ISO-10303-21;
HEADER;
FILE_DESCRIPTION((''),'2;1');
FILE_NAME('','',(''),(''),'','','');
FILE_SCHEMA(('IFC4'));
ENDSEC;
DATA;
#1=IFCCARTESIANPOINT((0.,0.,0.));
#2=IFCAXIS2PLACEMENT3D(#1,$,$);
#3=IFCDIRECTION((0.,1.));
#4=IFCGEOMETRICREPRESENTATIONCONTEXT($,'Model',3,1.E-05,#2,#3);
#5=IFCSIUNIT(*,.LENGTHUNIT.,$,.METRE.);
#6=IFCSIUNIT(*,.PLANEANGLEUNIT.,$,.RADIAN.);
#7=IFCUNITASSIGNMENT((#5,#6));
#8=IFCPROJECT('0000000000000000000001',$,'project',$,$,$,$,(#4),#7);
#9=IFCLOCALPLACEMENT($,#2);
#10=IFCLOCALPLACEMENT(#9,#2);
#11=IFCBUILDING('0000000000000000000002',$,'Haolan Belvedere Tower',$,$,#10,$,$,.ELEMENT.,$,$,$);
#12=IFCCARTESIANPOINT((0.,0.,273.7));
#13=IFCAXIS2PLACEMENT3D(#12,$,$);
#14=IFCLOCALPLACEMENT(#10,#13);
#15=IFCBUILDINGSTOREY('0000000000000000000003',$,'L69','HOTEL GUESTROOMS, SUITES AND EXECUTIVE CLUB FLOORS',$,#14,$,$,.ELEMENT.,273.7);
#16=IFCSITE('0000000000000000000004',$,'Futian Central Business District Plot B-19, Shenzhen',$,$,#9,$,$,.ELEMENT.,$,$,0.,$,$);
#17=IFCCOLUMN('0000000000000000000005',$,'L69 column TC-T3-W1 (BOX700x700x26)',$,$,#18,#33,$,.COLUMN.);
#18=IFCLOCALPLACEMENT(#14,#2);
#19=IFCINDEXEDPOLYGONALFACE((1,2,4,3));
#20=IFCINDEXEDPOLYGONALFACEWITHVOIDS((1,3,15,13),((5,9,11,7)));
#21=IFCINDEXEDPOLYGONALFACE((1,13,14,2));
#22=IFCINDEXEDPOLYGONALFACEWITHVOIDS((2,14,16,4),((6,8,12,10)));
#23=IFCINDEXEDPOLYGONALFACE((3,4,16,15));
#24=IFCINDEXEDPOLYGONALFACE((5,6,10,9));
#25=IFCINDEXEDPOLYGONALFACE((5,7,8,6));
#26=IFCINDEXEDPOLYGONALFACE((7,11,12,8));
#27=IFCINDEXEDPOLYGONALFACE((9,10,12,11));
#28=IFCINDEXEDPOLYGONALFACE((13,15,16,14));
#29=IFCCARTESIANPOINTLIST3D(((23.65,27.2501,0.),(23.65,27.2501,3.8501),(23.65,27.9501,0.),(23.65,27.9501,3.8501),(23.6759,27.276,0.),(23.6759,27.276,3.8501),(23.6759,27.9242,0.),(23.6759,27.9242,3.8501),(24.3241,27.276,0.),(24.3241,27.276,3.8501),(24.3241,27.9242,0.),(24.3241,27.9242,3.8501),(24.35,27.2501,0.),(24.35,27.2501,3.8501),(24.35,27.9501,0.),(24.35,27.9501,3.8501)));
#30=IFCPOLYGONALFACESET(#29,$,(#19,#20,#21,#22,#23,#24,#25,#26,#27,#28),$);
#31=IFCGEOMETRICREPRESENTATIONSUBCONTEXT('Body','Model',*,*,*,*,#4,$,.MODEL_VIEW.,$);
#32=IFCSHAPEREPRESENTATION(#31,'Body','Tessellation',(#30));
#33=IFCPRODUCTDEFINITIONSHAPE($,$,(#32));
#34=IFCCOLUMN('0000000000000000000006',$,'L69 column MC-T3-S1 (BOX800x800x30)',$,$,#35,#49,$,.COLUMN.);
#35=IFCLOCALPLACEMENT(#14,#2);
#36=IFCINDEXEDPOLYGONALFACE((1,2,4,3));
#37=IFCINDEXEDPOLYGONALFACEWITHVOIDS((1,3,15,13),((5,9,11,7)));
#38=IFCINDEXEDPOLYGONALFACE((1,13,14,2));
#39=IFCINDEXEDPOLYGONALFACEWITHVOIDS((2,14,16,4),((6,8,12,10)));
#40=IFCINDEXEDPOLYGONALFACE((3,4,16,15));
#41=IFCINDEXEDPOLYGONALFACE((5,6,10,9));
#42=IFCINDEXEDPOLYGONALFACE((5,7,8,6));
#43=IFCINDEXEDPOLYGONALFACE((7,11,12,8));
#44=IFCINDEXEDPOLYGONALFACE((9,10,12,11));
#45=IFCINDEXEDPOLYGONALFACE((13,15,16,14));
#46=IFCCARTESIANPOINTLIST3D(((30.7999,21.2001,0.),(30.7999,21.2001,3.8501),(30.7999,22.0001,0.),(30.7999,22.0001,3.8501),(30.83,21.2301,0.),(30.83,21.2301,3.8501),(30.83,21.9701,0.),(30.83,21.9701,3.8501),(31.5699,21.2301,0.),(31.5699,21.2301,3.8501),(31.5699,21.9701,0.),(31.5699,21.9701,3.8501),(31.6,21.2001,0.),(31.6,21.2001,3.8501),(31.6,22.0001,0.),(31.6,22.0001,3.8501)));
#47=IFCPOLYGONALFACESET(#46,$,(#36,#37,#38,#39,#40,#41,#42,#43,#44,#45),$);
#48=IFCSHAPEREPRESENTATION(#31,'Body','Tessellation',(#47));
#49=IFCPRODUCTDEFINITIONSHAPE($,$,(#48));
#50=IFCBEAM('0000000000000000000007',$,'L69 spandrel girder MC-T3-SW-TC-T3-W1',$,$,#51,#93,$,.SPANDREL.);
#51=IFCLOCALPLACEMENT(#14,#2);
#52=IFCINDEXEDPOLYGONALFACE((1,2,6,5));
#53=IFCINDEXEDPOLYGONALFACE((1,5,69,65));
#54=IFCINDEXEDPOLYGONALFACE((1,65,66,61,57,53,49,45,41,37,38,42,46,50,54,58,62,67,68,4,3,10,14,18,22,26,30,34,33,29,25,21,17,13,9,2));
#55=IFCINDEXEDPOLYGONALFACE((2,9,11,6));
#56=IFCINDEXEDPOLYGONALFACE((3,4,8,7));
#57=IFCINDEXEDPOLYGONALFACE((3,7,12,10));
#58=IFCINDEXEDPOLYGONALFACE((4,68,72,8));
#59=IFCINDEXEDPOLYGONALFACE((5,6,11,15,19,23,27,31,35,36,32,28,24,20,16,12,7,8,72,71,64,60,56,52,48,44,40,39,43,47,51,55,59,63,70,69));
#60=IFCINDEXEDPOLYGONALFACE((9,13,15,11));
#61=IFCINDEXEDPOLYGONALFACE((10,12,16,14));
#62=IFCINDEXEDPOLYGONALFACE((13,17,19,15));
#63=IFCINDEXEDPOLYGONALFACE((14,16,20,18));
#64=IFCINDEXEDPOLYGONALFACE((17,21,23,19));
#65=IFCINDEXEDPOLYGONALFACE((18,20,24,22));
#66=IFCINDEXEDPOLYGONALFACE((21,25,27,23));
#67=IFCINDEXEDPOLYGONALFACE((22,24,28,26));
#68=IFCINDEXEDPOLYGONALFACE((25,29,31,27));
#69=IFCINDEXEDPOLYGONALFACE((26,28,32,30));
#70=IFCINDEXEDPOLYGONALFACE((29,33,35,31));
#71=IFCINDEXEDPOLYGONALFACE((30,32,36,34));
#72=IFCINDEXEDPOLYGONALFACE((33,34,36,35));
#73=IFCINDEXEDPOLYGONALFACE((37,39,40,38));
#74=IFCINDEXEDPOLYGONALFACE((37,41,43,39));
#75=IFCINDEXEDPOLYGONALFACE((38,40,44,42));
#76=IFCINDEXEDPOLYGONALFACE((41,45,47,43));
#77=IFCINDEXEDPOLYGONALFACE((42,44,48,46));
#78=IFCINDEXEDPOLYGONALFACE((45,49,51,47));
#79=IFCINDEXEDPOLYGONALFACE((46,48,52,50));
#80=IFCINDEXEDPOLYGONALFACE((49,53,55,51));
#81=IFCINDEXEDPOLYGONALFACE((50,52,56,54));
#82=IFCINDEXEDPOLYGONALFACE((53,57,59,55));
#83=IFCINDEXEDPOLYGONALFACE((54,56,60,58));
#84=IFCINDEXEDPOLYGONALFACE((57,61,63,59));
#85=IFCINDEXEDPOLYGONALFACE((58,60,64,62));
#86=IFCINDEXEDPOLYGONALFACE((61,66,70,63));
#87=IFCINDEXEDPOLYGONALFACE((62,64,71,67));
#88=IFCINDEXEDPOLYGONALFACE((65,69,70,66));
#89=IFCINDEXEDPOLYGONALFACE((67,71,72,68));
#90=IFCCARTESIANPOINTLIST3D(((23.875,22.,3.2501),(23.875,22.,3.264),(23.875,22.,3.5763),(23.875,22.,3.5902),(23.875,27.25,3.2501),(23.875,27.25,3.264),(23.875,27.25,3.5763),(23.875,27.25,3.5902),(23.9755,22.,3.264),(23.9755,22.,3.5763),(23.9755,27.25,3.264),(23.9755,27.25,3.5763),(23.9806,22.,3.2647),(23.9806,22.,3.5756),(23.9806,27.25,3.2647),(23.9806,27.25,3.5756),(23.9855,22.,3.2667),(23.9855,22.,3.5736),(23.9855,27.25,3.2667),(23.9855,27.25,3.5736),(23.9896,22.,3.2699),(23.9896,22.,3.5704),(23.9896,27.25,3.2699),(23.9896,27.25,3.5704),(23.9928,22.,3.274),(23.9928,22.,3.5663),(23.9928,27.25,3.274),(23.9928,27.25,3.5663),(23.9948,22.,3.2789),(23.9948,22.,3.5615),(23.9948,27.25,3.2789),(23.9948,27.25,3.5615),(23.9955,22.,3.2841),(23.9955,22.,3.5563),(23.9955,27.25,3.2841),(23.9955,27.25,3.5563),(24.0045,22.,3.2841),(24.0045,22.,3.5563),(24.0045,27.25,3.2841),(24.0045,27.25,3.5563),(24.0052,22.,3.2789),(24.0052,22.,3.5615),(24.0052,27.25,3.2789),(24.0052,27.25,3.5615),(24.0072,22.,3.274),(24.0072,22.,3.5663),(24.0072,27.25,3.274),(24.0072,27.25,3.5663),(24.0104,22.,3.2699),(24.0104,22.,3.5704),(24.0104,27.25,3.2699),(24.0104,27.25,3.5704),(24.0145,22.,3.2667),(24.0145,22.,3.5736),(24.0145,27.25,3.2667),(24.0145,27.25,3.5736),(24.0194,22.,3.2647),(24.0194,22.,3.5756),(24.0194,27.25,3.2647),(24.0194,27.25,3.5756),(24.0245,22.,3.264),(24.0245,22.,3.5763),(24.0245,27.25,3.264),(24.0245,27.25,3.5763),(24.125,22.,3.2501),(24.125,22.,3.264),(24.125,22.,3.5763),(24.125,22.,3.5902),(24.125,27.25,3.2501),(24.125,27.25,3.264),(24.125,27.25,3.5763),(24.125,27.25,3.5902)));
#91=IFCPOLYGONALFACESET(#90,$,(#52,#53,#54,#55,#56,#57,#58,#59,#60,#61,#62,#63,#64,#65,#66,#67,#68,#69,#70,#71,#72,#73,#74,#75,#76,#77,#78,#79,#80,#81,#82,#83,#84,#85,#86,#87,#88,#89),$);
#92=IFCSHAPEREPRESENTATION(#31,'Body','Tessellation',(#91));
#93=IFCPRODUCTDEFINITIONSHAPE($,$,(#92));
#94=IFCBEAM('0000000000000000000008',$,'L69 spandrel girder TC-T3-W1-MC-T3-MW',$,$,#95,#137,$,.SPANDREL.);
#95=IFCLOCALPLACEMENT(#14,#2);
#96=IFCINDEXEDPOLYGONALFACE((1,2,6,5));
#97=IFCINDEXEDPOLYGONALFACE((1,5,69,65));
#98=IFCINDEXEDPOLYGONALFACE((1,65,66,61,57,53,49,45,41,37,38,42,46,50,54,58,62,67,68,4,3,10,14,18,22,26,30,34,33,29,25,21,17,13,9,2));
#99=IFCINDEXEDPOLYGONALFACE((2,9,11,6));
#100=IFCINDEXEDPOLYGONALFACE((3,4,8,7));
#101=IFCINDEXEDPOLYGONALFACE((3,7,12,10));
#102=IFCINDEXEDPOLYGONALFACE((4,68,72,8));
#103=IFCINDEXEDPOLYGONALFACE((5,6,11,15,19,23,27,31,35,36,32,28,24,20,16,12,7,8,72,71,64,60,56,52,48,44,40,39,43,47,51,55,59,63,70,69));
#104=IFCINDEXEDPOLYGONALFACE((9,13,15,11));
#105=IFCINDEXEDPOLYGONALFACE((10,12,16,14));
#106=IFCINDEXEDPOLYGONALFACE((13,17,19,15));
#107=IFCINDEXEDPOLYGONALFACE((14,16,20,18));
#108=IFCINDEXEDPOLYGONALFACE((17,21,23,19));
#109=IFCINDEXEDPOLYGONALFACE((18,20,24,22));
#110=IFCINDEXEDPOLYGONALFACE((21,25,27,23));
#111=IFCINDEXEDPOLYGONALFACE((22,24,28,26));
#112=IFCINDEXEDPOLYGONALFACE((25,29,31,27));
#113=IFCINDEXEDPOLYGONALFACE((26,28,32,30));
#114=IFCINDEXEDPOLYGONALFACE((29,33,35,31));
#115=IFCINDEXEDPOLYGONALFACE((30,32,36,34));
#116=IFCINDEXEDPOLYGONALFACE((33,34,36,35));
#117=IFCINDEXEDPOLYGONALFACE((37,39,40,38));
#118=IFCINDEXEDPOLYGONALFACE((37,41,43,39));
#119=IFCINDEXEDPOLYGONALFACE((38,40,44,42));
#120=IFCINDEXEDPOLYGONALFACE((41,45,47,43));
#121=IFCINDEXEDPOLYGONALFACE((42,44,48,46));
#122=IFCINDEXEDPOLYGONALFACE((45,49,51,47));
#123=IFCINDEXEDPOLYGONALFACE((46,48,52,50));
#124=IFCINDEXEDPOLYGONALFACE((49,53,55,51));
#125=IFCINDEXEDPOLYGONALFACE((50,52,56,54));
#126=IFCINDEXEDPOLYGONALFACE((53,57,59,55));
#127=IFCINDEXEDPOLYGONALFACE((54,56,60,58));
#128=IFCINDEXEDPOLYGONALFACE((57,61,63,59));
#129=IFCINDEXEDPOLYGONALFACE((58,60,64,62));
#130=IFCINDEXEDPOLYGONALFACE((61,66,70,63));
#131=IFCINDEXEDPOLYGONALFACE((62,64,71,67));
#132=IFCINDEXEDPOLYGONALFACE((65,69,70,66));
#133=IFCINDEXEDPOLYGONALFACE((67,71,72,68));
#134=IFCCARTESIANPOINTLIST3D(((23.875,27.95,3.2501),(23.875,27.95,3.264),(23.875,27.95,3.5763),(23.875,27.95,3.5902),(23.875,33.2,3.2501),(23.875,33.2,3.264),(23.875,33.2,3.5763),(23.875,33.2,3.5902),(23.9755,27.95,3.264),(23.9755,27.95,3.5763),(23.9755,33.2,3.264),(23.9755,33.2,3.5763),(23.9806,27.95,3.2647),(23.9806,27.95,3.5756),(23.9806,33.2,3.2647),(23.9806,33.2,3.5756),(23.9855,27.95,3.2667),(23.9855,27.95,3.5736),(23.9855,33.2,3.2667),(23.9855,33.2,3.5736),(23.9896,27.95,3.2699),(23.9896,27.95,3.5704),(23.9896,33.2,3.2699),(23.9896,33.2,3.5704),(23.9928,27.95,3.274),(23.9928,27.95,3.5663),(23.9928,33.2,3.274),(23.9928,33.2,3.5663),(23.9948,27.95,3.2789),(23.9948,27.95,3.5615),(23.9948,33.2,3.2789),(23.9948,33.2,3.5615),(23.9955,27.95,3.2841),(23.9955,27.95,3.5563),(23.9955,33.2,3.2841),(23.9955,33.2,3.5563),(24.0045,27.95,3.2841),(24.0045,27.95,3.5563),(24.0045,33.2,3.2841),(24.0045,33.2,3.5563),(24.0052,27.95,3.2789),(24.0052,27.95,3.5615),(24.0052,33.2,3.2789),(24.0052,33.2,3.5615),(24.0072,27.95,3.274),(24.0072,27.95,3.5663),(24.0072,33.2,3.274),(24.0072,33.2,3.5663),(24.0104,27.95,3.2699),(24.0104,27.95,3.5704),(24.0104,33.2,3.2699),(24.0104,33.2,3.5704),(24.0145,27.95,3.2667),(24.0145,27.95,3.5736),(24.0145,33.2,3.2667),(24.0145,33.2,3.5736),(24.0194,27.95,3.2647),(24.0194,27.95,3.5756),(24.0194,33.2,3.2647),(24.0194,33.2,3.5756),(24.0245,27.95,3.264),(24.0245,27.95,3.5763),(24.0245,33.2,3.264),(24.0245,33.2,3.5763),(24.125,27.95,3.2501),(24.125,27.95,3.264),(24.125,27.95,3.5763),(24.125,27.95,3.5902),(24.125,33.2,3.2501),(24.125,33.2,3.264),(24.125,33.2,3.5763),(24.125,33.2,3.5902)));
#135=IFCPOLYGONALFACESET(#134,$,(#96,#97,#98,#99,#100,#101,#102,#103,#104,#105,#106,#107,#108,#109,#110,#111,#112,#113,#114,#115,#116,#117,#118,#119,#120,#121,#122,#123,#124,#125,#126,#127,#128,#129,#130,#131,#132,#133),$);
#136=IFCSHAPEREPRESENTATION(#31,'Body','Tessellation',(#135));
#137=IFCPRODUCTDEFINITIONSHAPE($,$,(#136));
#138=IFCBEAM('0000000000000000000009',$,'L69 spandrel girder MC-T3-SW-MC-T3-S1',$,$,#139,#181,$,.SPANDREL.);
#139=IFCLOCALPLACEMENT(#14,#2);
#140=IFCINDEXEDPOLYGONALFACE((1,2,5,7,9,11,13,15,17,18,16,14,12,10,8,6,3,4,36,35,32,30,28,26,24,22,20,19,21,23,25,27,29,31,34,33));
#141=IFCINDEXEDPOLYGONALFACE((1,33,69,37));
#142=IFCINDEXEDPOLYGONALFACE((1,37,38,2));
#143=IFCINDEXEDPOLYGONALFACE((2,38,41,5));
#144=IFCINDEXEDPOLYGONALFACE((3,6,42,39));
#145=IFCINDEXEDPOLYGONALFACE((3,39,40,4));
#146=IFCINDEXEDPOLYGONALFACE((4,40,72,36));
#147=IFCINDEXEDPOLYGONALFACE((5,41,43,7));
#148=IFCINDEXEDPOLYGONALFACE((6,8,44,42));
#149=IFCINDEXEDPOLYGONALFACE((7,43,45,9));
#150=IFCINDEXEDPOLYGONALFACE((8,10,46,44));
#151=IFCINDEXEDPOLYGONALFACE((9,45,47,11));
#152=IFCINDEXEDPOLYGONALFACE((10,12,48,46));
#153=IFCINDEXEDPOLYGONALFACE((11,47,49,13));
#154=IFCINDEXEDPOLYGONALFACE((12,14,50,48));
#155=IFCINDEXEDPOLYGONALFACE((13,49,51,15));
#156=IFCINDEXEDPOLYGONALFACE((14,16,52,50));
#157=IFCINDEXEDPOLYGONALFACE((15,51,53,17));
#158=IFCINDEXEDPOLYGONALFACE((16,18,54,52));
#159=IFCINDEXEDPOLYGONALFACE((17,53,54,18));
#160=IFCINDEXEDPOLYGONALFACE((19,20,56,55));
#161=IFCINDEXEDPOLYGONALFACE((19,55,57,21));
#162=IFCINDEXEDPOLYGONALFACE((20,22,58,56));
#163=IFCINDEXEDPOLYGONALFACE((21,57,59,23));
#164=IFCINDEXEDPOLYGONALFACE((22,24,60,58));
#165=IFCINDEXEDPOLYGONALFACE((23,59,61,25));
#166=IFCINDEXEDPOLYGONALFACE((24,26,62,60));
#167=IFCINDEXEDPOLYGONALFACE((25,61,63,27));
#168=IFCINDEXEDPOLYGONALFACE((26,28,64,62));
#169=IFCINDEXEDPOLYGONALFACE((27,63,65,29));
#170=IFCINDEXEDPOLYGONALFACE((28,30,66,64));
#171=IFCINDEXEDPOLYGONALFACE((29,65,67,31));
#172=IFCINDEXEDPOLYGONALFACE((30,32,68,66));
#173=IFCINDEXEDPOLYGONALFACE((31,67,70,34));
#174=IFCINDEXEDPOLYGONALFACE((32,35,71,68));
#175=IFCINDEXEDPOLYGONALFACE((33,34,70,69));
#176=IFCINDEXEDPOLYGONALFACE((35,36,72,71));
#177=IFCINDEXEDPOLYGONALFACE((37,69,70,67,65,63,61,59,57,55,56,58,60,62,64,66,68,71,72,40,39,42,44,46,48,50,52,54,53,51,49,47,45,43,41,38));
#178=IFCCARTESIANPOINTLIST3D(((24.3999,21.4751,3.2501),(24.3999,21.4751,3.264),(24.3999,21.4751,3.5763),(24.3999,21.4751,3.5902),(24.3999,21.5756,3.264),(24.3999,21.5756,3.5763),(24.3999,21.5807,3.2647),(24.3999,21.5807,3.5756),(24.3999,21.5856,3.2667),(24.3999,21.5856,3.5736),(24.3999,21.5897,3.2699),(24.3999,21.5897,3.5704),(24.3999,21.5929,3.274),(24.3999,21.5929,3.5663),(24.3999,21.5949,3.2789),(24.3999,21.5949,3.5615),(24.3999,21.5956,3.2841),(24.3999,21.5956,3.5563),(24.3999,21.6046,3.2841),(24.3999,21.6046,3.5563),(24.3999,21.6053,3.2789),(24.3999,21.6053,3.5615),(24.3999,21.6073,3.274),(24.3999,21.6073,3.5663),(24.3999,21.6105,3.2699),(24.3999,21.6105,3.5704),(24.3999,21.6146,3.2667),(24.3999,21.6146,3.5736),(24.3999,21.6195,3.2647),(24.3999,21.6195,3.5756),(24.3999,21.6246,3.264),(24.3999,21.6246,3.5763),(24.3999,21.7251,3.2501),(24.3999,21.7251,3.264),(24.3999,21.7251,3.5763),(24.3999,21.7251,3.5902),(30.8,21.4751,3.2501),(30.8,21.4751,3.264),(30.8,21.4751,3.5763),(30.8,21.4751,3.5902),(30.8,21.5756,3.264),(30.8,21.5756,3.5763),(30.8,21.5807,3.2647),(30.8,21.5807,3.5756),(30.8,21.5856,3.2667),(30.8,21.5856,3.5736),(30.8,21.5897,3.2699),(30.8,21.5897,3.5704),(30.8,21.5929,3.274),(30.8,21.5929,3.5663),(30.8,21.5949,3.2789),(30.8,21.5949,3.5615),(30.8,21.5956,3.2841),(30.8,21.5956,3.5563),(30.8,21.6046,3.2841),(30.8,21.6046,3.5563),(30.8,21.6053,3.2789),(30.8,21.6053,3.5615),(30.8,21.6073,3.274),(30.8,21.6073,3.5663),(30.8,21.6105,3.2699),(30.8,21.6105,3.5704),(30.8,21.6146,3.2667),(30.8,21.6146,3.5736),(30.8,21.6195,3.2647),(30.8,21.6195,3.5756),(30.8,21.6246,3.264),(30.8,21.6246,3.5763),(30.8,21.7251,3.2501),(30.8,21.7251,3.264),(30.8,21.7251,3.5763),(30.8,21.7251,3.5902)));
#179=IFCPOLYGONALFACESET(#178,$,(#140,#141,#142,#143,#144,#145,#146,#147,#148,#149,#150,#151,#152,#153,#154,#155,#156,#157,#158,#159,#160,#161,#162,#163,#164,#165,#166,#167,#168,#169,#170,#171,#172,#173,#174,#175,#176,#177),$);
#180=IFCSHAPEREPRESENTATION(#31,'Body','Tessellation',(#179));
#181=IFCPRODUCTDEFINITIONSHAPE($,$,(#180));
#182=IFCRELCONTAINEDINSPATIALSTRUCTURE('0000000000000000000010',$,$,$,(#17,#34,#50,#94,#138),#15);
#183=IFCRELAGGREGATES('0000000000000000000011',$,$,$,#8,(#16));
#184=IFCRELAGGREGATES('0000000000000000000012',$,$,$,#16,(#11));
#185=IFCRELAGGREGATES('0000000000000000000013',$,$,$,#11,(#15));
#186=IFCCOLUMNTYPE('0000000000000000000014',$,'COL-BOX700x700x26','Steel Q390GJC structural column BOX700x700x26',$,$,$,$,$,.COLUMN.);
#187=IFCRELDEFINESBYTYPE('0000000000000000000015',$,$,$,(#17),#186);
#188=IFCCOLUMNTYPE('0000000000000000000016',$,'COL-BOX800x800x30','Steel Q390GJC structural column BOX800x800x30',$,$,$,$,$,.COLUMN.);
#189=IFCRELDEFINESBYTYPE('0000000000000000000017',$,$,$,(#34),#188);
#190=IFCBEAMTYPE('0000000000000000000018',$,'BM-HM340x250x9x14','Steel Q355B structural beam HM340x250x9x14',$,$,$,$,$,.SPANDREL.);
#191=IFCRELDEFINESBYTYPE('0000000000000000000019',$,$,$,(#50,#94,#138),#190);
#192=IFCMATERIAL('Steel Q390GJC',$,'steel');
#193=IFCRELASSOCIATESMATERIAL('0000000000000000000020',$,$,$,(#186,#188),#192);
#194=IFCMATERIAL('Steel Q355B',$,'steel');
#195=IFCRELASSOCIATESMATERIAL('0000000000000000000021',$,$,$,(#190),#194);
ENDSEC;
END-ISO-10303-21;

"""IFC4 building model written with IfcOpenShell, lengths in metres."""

from ifc_helpers import new_model, si_unit, direction, frame, origin, origin_2d, place, context, subcontext, project, spatial, hollow_rectangle, i_section, extrude, material, material_profile, profile_set, type_object, element, save


model = new_model("IFC4")

# Units and contexts
model_context = context("Model", 3, precision=1e-05, world=origin(), true_north=direction((0.0, 1.0)))
body_context = subcontext(model_context, "Body", "Model", "MODEL_VIEW")
ifc_project = project(units=[si_unit("LENGTHUNIT", "METRE"), si_unit("PLANEANGLEUNIT", "RADIAN")], contexts=[model_context])

# Site, building, storey
site_placement = place(None, origin())
site = spatial("IfcSite", under=ifc_project, at=site_placement, Name="Futian Central Business District Plot B-19, Shenzhen", CompositionType="ELEMENT", RefElevation=0.0)
building_placement = place(site_placement, origin())
building = spatial("IfcBuilding", under=site, at=building_placement, Name="Haolan Belvedere Tower", CompositionType="ELEMENT")
storey_placement = place(building_placement, frame((0.0, 0.0, 273.7)))
storey = spatial("IfcBuildingStorey", under=building, at=storey_placement, Name="L69", Description="HOTEL GUESTROOMS, SUITES AND EXECUTIVE CLUB FLOORS", CompositionType="ELEMENT", Elevation=273.7)

# Columns
ifc_material_1 = material(Name="Steel Q390GJC", Category="steel")
ifc_material_profile_1 = material_profile(ifc_material_1, hollow_rectangle(XDim=0.7, YDim=0.7, WallThickness=0.0259, at=origin_2d()), Name="Steel Q390GJC")
ifc_profile_set_1 = profile_set([ifc_material_profile_1], Name="Steel Q390GJC")
column_type_1 = type_object("IfcColumnType", Name="COL-BOX700x700x26", Description="Steel Q390GJC structural column BOX700x700x26", PredefinedType="COLUMN", material=ifc_profile_set_1)
column_1_placement = place(storey_placement, frame((24.0, 27.6001, 0.0), z_axis=(0.0, 0.0, 1.0), x_axis=(1.0, 0.0, 0.0)))
element("IfcColumn", 1, at=column_1_placement, inside=storey, type_object=column_type_1, Name="L69 column TC-T3-W1 (BOX700x700x26)", PredefinedType="COLUMN", context=body_context, shape_type="SweptSolid", body=[
    extrude(hollow_rectangle(XDim=0.7, YDim=0.7, WallThickness=0.0259, at=origin_2d()), origin(), (0.0, 0.0, 1.0), 3.8501),
])
ifc_material_profile_2 = material_profile(ifc_material_1, hollow_rectangle(XDim=0.8, YDim=0.8, WallThickness=0.03, at=origin_2d()), Name="Steel Q390GJC")
ifc_profile_set_2 = profile_set([ifc_material_profile_2], Name="Steel Q390GJC")
column_type_2 = type_object("IfcColumnType", Name="COL-BOX800x800x30", Description="Steel Q390GJC structural column BOX800x800x30", PredefinedType="COLUMN", material=ifc_profile_set_2)
column_2_placement = place(storey_placement, frame((31.2, 21.6001, 0.0), z_axis=(0.0, 0.0, 1.0), x_axis=(1.0, 0.0, 0.0)))
element("IfcColumn", 2, at=column_2_placement, inside=storey, type_object=column_type_2, Name="L69 column MC-T3-S1 (BOX800x800x30)", PredefinedType="COLUMN", context=body_context, shape_type="SweptSolid", body=[
    extrude(hollow_rectangle(XDim=0.8, YDim=0.8, WallThickness=0.03, at=origin_2d()), origin(), (0.0, 0.0, 1.0), 3.8501),
])

# Beams
ifc_material_2 = material(Name="Steel Q355B", Category="steel")
ifc_material_profile_3 = material_profile(ifc_material_2, i_section(OverallWidth=0.25, OverallDepth=0.3401, WebThickness=0.009, FlangeThickness=0.0139, FilletRadius=0.02, at=origin_2d()), Name="Steel Q355B")
ifc_profile_set_3 = profile_set([ifc_material_profile_3], Name="Steel Q355B")
beam_type_1 = type_object("IfcBeamType", Name="BM-HM340x250x9x14", Description="Steel Q355B structural beam HM340x250x9x14", PredefinedType="SPANDREL", material=ifc_profile_set_3)
for number, where, z_axis, x_axis, name in (
    (3, (24.0, 22.0, 3.4202), (0.0, 1.0, 0.0), (-1.0, 0.0, 0.0), "L69 spandrel girder MC-T3-SW-TC-T3-W1"),
    (4, (24.0, 27.95, 3.4202), (0.0, 1.0, 0.0), (-1.0, 0.0, 0.0), "L69 spandrel girder TC-T3-W1-MC-T3-MW"),
):
    element("IfcBeam", number, at=place(storey_placement, frame(where, z_axis=z_axis, x_axis=x_axis)), inside=storey, type_object=beam_type_1, Name=name, PredefinedType="SPANDREL", context=body_context, shape_type="SweptSolid", body=[
        extrude(i_section(OverallWidth=0.25, OverallDepth=0.3401, WebThickness=0.009, FlangeThickness=0.0139, FilletRadius=0.02, at=origin_2d()), origin(), (0.0, 0.0, 1.0), 5.25),
    ])
beam_1_placement = place(storey_placement, frame((24.3999, 21.6001, 3.4202), z_axis=(1.0, 0.0, 0.0), x_axis=(0.0, 1.0, 0.0)))
element("IfcBeam", 5, at=beam_1_placement, inside=storey, type_object=beam_type_1, Name="L69 spandrel girder MC-T3-SW-MC-T3-S1", PredefinedType="SPANDREL", context=body_context, shape_type="SweptSolid", body=[
    extrude(i_section(OverallWidth=0.25, OverallDepth=0.3401, WebThickness=0.009, FlangeThickness=0.0139, FilletRadius=0.02, at=origin_2d()), origin(), (0.0, 0.0, 1.0), 6.4001),
])

save(model, "model.ifc")
